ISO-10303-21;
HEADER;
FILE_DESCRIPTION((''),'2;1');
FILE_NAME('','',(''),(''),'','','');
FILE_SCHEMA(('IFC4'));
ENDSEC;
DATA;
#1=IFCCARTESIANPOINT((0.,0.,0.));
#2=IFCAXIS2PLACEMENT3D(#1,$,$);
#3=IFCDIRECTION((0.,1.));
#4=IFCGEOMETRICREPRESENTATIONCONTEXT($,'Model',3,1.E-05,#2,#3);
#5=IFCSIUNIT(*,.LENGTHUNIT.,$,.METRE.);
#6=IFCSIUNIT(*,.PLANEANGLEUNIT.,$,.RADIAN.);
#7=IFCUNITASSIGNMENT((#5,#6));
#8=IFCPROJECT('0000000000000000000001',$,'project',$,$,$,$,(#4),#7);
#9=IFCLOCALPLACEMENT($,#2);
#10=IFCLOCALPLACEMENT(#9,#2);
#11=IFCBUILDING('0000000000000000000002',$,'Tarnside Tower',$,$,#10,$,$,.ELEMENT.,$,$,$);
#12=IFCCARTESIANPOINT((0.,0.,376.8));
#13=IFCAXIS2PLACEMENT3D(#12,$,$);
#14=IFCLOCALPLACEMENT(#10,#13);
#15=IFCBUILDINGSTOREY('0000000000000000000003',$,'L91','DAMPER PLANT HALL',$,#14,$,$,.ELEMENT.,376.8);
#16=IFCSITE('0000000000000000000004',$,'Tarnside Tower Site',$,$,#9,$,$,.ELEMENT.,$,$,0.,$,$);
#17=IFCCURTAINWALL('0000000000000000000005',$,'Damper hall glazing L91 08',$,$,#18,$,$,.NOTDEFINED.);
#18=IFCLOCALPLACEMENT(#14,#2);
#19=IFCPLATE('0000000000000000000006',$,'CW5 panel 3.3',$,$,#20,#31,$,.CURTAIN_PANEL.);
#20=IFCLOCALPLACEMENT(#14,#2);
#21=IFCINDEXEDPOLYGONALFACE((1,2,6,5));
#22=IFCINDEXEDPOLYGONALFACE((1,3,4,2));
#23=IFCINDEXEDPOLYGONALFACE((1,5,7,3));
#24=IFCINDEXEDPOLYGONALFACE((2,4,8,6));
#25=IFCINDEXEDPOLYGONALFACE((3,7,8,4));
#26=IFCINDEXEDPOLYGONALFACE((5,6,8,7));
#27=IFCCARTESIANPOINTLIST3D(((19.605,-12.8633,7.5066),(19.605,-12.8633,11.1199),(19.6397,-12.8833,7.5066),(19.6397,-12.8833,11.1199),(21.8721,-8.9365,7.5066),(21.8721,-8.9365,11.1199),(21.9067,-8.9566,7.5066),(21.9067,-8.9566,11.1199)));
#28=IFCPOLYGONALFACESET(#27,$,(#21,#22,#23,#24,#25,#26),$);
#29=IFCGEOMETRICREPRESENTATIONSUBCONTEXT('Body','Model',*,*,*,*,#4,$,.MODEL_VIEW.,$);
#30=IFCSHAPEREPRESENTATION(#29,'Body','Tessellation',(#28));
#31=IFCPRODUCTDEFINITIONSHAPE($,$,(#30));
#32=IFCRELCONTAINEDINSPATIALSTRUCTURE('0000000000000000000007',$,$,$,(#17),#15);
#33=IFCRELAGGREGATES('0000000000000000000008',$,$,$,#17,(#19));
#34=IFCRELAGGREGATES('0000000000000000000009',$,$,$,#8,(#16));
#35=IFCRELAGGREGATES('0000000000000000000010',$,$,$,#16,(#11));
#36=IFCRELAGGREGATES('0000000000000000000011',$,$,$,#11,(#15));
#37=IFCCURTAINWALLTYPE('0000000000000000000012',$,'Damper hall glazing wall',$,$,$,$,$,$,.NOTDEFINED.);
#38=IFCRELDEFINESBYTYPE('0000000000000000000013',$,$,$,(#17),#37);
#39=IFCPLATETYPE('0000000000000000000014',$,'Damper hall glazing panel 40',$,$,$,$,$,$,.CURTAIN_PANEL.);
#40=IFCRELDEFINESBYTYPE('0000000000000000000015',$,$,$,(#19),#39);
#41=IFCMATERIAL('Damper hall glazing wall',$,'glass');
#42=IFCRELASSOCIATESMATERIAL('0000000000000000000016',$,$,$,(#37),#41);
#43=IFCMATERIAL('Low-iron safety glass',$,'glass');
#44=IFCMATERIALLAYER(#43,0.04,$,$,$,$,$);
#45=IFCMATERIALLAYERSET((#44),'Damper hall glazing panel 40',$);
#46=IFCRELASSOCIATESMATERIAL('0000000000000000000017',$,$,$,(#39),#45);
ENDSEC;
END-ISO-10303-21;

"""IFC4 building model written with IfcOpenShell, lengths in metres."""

from ifc_helpers import new_model, si_unit, direction, frame, origin, origin_2d, place, context, subcontext, project, spatial, rectangle, extrude, material, layer, layer_set, type_object, element, aggregate, save


model = new_model("IFC4")

# Units and contexts
model_context = context("Model", 3, precision=1e-05, world=origin(), true_north=direction((0.0, 1.0)))
body_context = subcontext(model_context, "Body", "Model", "MODEL_VIEW")
ifc_project = project(units=[si_unit("LENGTHUNIT", "METRE"), si_unit("PLANEANGLEUNIT", "RADIAN")], contexts=[model_context])

# Site, building, storey
site_placement = place(None, origin())
site = spatial("IfcSite", under=ifc_project, at=site_placement, Name="Tarnside Tower Site", CompositionType="ELEMENT", RefElevation=0.0)
building_placement = place(site_placement, origin())
building = spatial("IfcBuilding", under=site, at=building_placement, Name="Tarnside Tower", CompositionType="ELEMENT")
storey_placement = place(building_placement, frame((0.0, 0.0, 376.8)))
storey = spatial("IfcBuildingStorey", under=building, at=storey_placement, Name="L91", Description="DAMPER PLANT HALL", CompositionType="ELEMENT", Elevation=376.8)

# Shared definitions
ifc_material_1 = material(Name="Damper hall glazing wall", Category="glass")
curtain_wall_type = type_object("IfcCurtainWallType", Name="Damper hall glazing wall", PredefinedType="NOTDEFINED", material=ifc_material_1)

# Curtain wall
curtain_wall_1_placement = place(storey_placement, origin())
curtain_wall_1 = element("IfcCurtainWall", 1, at=curtain_wall_1_placement, inside=storey, type_object=curtain_wall_type, Name="Damper hall glazing L91 08", PredefinedType="NOTDEFINED")

# Plate
ifc_material_2 = material(Name="Low-iron safety glass", Category="glass")
ifc_layer = layer(ifc_material_2, 0.04)
ifc_layer_set = layer_set([ifc_layer], Name="Damper hall glazing panel 40")
plate_type = type_object("IfcPlateType", Name="Damper hall glazing panel 40", PredefinedType="CURTAIN_PANEL", material=ifc_layer_set)
plate_1_placement = place(storey_placement, frame((20.7559, -10.9099, 7.5066), z_axis=(0.0, 0.0, 1.0), x_axis=(-0.5, -0.866025, 0.0)))
plate_1 = element("IfcPlate", 2, at=plate_1_placement, type_object=plate_type, Name="CW5 panel 3.3", PredefinedType="CURTAIN_PANEL", context=body_context, shape_type="SweptSolid", body=[
    extrude(rectangle(XDim=4.5342, YDim=0.04, at=origin_2d()), origin(), (0.0, 0.0, 1.0), 3.6133),
])
aggregate(curtain_wall_1, [plate_1])

save(model, "model.ifc")
